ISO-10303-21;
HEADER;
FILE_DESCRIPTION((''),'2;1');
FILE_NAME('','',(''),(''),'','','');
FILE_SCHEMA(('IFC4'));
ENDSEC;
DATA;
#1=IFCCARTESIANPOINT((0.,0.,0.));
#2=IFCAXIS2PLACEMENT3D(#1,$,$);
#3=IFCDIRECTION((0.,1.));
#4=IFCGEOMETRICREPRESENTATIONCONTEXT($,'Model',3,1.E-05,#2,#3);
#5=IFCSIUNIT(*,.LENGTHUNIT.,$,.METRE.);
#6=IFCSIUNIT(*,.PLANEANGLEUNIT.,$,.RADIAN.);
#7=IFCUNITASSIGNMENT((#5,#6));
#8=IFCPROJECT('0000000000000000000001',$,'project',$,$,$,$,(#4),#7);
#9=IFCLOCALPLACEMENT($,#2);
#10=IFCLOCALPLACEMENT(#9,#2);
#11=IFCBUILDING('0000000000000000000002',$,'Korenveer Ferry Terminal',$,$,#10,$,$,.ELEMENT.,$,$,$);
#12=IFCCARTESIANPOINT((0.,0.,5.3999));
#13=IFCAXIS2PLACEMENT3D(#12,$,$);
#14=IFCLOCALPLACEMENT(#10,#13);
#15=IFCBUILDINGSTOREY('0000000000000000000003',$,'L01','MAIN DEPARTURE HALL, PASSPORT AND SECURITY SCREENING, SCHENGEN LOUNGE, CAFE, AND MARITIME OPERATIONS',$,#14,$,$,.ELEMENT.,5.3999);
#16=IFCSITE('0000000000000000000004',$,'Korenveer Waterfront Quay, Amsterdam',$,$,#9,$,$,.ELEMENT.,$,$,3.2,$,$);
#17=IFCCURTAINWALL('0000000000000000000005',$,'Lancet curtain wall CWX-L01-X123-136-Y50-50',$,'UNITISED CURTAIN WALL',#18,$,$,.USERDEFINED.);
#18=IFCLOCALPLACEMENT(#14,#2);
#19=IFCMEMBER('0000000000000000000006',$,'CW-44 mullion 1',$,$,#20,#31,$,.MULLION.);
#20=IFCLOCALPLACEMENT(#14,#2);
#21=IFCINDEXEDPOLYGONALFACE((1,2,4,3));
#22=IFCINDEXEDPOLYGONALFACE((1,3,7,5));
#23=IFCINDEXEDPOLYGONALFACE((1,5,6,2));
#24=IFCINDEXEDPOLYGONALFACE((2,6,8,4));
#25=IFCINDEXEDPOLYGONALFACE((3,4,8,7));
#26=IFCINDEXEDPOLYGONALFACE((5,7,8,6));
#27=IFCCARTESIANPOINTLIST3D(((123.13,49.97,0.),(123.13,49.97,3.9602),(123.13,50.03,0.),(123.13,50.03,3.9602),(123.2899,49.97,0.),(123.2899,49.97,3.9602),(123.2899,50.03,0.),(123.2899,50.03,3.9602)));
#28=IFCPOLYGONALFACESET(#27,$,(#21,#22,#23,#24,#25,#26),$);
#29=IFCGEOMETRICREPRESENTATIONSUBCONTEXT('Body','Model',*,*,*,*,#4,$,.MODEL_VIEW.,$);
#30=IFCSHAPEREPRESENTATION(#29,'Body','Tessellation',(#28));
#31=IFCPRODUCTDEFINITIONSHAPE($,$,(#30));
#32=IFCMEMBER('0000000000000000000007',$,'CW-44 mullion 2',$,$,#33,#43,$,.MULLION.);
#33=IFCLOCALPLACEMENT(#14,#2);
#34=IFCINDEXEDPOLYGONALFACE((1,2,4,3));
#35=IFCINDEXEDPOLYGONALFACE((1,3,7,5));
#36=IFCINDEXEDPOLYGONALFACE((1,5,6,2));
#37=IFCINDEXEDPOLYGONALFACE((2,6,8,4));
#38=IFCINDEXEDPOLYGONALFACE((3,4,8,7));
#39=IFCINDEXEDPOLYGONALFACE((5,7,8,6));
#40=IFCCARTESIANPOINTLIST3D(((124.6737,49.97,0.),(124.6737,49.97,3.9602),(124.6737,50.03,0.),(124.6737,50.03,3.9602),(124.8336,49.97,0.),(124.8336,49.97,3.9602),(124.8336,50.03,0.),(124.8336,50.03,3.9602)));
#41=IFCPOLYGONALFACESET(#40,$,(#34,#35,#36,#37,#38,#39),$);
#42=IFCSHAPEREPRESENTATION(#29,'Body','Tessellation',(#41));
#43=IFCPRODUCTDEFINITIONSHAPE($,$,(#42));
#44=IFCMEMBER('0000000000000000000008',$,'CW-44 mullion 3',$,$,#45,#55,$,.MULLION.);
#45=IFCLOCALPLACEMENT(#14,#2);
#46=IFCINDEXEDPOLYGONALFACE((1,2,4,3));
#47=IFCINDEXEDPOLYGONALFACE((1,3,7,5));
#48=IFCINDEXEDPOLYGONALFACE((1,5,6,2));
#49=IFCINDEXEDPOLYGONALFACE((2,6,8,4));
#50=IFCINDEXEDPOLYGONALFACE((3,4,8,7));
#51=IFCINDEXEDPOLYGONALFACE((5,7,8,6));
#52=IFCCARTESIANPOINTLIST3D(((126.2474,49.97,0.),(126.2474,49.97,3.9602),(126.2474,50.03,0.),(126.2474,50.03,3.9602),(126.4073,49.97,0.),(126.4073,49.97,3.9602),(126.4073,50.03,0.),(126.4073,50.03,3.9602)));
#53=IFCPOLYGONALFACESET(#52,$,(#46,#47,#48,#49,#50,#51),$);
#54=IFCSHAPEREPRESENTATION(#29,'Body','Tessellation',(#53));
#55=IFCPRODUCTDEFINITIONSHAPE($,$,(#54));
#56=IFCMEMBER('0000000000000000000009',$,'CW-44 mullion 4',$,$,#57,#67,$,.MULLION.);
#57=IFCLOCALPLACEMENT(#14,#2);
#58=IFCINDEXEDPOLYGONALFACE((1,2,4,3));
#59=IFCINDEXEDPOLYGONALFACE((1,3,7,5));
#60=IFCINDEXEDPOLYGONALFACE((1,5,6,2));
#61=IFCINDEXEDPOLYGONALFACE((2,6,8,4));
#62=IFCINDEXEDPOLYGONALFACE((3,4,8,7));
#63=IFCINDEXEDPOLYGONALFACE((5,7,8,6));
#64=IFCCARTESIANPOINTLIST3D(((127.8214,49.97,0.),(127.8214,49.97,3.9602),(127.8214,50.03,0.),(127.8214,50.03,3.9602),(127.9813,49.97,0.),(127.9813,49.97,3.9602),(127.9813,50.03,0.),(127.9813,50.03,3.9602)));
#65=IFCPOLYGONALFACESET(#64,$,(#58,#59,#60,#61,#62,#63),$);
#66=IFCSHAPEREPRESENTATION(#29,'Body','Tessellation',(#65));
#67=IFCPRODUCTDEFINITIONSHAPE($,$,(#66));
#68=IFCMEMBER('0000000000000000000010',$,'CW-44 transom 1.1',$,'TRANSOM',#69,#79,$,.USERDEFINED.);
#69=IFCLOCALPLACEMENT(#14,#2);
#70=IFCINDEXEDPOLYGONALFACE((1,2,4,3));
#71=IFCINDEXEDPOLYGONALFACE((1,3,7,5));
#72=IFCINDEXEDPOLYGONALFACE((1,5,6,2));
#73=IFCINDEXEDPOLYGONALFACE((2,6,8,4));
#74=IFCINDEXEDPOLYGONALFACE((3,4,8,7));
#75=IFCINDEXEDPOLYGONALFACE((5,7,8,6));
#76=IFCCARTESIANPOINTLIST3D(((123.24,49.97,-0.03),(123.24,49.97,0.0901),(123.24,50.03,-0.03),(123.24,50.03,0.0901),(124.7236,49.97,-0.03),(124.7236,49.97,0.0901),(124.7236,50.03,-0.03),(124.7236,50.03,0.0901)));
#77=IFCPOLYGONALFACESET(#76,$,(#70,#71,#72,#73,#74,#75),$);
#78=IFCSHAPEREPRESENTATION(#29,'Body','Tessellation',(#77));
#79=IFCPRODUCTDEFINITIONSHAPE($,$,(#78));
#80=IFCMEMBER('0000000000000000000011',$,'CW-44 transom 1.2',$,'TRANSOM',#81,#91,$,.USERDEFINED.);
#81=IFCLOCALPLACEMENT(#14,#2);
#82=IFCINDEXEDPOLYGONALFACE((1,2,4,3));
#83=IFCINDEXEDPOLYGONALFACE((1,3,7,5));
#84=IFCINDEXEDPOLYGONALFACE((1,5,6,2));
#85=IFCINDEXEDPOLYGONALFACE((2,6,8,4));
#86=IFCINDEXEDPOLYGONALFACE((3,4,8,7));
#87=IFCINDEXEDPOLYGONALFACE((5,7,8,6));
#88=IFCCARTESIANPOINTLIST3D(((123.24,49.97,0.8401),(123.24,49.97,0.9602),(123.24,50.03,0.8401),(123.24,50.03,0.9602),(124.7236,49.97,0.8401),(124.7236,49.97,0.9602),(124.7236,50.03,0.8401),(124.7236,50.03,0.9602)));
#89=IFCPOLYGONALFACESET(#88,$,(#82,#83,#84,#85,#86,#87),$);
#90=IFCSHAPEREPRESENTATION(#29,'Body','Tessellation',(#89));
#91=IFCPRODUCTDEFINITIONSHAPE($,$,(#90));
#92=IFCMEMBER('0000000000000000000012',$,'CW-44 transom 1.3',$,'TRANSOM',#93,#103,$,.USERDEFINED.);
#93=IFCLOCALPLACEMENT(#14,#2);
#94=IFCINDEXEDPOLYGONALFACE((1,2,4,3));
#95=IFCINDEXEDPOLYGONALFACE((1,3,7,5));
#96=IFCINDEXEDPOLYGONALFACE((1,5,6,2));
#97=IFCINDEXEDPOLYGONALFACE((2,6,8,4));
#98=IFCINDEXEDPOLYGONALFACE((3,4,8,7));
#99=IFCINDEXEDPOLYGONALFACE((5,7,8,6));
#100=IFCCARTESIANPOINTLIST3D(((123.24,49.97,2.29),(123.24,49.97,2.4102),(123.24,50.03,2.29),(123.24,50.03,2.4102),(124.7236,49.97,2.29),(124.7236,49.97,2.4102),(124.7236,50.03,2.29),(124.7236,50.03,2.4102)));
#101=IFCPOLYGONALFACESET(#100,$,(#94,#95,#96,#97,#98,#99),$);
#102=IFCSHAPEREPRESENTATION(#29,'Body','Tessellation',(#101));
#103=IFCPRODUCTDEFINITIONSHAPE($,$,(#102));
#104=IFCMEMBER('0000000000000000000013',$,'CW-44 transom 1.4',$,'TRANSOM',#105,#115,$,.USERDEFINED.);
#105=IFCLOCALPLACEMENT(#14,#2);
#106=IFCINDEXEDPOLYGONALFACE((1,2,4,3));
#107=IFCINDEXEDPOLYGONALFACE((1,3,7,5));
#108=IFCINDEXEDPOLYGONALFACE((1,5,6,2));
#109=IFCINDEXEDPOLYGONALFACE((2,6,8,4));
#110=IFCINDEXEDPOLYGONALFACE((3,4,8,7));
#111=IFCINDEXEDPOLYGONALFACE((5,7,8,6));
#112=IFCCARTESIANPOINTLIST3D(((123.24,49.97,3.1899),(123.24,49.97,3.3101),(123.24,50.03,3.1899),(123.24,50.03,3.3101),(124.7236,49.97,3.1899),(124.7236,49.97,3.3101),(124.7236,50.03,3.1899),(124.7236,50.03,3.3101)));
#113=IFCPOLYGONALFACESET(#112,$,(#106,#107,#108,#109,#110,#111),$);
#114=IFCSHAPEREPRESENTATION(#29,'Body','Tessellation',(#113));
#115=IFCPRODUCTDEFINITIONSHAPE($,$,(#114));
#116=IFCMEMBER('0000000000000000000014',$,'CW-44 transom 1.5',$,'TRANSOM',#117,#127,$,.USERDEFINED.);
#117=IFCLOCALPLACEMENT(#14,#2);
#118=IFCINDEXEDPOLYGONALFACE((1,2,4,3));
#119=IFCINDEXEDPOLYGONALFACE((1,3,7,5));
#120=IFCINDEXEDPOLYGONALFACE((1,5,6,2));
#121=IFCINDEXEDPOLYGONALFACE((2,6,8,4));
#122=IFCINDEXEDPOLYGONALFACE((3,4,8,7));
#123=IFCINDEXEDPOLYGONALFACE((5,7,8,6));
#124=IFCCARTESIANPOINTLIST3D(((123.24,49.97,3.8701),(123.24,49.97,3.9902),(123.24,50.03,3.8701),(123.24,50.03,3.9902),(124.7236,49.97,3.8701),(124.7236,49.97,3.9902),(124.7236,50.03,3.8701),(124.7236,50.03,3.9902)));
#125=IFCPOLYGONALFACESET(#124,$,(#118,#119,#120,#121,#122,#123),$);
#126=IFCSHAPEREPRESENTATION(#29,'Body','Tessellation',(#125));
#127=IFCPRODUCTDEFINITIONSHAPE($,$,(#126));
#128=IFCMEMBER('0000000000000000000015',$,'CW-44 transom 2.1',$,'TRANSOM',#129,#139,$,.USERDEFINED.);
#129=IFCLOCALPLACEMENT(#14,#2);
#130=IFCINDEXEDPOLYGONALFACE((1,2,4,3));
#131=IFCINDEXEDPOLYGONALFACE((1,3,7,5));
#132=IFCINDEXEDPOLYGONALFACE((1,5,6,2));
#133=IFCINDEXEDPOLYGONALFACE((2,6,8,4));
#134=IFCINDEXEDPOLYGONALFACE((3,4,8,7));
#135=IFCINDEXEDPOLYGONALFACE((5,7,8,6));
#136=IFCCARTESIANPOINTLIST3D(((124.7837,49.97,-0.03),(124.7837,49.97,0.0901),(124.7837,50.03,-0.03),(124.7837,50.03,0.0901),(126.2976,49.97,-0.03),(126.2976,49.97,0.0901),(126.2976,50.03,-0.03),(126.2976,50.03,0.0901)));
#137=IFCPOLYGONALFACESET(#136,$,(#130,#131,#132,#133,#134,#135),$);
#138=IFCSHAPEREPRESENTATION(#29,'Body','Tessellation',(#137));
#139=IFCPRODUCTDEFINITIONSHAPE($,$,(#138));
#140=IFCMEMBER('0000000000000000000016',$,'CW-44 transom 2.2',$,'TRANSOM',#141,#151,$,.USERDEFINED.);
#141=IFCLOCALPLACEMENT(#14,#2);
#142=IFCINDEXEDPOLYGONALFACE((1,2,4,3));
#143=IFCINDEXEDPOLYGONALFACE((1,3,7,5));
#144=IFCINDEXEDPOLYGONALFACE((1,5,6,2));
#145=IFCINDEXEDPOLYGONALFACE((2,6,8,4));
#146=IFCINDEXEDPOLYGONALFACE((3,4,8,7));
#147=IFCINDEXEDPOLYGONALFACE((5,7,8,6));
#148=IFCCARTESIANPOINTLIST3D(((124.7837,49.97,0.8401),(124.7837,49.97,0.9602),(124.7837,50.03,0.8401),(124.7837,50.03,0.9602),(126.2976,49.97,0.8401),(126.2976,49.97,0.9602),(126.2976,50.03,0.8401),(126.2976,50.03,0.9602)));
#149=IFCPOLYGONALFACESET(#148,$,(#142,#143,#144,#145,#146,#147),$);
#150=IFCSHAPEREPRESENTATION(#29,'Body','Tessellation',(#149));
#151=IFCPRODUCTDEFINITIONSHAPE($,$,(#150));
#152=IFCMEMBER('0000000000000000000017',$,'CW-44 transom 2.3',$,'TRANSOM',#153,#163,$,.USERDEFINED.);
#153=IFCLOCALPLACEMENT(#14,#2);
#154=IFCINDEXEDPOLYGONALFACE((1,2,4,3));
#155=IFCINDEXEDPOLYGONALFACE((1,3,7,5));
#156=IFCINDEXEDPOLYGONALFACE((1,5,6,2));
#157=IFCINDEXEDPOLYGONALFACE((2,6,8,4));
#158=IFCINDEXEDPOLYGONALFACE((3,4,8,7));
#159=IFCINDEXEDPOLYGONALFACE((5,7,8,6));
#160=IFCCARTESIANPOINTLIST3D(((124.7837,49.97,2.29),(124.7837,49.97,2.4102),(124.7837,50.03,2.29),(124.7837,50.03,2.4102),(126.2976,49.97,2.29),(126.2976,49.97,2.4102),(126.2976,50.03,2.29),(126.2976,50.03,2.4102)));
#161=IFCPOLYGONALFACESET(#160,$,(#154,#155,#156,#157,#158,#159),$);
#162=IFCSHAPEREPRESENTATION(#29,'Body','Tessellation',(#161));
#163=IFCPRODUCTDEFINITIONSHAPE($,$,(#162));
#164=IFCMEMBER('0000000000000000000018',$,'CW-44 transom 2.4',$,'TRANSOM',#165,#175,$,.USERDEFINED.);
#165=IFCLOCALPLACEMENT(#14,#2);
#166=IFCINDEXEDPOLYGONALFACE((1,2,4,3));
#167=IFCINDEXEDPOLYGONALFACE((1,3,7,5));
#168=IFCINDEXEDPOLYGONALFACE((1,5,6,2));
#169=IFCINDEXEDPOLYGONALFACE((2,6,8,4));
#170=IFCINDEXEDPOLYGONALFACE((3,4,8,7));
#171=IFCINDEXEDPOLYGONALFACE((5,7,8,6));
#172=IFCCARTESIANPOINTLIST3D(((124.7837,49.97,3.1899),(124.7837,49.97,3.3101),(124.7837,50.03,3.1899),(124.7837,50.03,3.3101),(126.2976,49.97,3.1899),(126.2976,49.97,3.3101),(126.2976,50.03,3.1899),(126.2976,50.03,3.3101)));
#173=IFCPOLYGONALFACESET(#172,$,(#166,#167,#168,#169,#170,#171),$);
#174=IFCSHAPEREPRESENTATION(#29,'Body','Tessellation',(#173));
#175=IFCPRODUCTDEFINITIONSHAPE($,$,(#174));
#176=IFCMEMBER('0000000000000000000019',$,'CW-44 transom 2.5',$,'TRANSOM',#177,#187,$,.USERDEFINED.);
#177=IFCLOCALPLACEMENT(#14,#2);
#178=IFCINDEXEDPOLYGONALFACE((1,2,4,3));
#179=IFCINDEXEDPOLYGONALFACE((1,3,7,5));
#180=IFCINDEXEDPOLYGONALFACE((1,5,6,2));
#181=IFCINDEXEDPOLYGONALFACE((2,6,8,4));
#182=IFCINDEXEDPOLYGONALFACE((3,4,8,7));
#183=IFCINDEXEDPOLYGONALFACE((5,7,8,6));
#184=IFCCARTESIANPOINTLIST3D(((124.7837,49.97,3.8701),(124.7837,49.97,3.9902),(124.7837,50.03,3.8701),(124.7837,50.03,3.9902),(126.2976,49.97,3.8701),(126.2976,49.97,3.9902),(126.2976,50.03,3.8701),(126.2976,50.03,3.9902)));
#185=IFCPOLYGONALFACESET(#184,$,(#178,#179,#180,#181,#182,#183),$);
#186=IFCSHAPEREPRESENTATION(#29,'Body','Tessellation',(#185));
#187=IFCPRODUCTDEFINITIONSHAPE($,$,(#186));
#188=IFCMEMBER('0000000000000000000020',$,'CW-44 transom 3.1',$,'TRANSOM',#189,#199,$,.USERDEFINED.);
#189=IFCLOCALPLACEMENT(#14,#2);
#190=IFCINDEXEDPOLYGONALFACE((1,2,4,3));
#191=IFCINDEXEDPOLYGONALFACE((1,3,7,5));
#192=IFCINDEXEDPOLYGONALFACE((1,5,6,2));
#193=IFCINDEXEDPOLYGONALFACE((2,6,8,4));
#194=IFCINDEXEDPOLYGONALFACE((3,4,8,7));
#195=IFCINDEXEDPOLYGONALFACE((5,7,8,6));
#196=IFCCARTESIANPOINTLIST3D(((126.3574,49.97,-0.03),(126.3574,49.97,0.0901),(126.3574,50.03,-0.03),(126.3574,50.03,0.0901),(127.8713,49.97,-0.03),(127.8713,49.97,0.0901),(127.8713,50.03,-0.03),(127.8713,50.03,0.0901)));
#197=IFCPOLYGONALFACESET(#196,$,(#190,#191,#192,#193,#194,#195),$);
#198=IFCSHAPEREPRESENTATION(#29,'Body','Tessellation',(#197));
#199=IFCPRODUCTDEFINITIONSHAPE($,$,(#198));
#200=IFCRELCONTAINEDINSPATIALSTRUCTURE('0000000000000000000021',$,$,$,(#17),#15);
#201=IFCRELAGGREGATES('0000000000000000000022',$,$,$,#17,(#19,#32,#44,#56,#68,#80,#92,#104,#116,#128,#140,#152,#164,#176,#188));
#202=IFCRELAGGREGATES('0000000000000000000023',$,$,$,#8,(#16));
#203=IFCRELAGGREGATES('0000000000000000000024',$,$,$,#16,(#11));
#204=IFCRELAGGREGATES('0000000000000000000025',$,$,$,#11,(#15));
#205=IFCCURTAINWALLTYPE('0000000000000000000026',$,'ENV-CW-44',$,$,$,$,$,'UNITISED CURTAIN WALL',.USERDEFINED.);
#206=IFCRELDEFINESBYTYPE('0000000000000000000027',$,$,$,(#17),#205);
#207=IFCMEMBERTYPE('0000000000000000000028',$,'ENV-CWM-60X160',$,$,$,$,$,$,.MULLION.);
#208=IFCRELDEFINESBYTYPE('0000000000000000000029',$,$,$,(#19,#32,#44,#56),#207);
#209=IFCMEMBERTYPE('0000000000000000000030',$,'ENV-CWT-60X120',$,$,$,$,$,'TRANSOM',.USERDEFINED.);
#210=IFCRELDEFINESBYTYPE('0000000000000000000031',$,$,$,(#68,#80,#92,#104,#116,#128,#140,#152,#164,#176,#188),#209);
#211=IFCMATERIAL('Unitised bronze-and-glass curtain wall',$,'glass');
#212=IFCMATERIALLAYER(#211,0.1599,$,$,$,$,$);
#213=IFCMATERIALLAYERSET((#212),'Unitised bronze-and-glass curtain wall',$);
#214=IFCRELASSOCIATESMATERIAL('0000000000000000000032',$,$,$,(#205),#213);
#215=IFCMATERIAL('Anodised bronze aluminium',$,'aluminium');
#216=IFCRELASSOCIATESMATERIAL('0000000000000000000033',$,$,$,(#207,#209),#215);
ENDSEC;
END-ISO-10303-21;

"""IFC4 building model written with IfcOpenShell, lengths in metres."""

from ifc_helpers import new_model, si_unit, direction, frame, origin, origin_2d, place, context, subcontext, project, spatial, rectangle, extrude, material, layer, layer_set, material_profile, profile_set, type_object, element, aggregate, save


model = new_model("IFC4")

# Units and contexts
model_context = context("Model", 3, precision=1e-05, world=origin(), true_north=direction((0.0, 1.0)))
body_context = subcontext(model_context, "Body", "Model", "MODEL_VIEW")
ifc_project = project(units=[si_unit("LENGTHUNIT", "METRE"), si_unit("PLANEANGLEUNIT", "RADIAN")], contexts=[model_context])

# Site, building, storey
site_placement = place(None, origin())
site = spatial("IfcSite", under=ifc_project, at=site_placement, Name="Korenveer Waterfront Quay, Amsterdam", CompositionType="ELEMENT", RefElevation=3.2)
building_placement = place(site_placement, origin())
building = spatial("IfcBuilding", under=site, at=building_placement, Name="Korenveer Ferry Terminal", CompositionType="ELEMENT")
storey_placement = place(building_placement, frame((0.0, 0.0, 5.3999)))
storey = spatial("IfcBuildingStorey", under=building, at=storey_placement, Name="L01", Description="MAIN DEPARTURE HALL, PASSPORT AND SECURITY SCREENING, SCHENGEN LOUNGE, CAFE, AND MARITIME OPERATIONS", CompositionType="ELEMENT", Elevation=5.3999)

# Curtain wall, members
ifc_material_1 = material(Name="Unitised bronze-and-glass curtain wall", Category="glass")
ifc_layer_1 = layer(ifc_material_1, 0.1599)
ifc_layer_set_1 = layer_set([ifc_layer_1], Name="Unitised bronze-and-glass curtain wall")
curtain_wall_type = type_object("IfcCurtainWallType", Name="ENV-CW-44", ElementType="UNITISED CURTAIN WALL", PredefinedType="USERDEFINED", material=ifc_layer_set_1)
curtain_wall_placement = place(storey_placement, frame((123.1799, 50.0, 0.0)))
curtain_wall = element("IfcCurtainWall", 1, at=curtain_wall_placement, inside=storey, type_object=curtain_wall_type, Name="Lancet curtain wall CWX-L01-X123-136-Y50-50", ObjectType="UNITISED CURTAIN WALL", PredefinedType="USERDEFINED")
ifc_material_2 = material(Name="Anodised bronze aluminium", Category="aluminium")
ifc_material_profile_1 = material_profile(ifc_material_2, rectangle(XDim=0.0601, YDim=0.1599, at=origin_2d()), Name="ALU 60x160")
ifc_profile_set_1 = profile_set([ifc_material_profile_1], Name="Anodised bronze aluminium")
member_type_1 = type_object("IfcMemberType", Name="ENV-CWM-60X160", PredefinedType="MULLION", material=ifc_profile_set_1)
member_1_placement = place(storey_placement, frame((123.21, 50.0, 0.0), z_axis=(0.0, 0.0, 1.0), x_axis=(0.0, 1.0, 0.0)))
member_1 = element("IfcMember", 2, at=member_1_placement, type_object=member_type_1, Name="CW-44 mullion 1", PredefinedType="MULLION", context=body_context, shape_type="SweptSolid", body=[
    extrude(rectangle(XDim=0.0601, YDim=0.1599, at=origin_2d()), origin(), (0.0, 0.0, 1.0), 3.9602),
])
member_2_placement = place(storey_placement, frame((124.7537, 50.0, 0.0), z_axis=(0.0, 0.0, 1.0), x_axis=(0.0, 1.0, 0.0)))
member_2 = element("IfcMember", 3, at=member_2_placement, type_object=member_type_1, Name="CW-44 mullion 2", PredefinedType="MULLION", context=body_context, shape_type="SweptSolid", body=[
    extrude(rectangle(XDim=0.0601, YDim=0.1599, at=origin_2d()), origin(), (0.0, 0.0, 1.0), 3.9602),
])
member_3_placement = place(storey_placement, frame((126.3274, 50.0, 0.0), z_axis=(0.0, 0.0, 1.0), x_axis=(0.0, 1.0, 0.0)))
member_3 = element("IfcMember", 4, at=member_3_placement, type_object=member_type_1, Name="CW-44 mullion 3", PredefinedType="MULLION", context=body_context, shape_type="SweptSolid", body=[
    extrude(rectangle(XDim=0.0601, YDim=0.1599, at=origin_2d()), origin(), (0.0, 0.0, 1.0), 3.9602),
])
member_4_placement = place(storey_placement, frame((127.9014, 50.0, 0.0), z_axis=(0.0, 0.0, 1.0), x_axis=(0.0, 1.0, 0.0)))
member_4 = element("IfcMember", 5, at=member_4_placement, type_object=member_type_1, Name="CW-44 mullion 4", PredefinedType="MULLION", context=body_context, shape_type="SweptSolid", body=[
    extrude(rectangle(XDim=0.0601, YDim=0.1599, at=origin_2d()), origin(), (0.0, 0.0, 1.0), 3.9602),
])
ifc_material_profile_2 = material_profile(ifc_material_2, rectangle(XDim=0.0601, YDim=0.1201, at=origin_2d()), Name="ALU 60x120")
ifc_profile_set_2 = profile_set([ifc_material_profile_2], Name="Anodised bronze aluminium")
member_type_2 = type_object("IfcMemberType", Name="ENV-CWT-60X120", ElementType="TRANSOM", PredefinedType="USERDEFINED", material=ifc_profile_set_2)
member_5_placement = place(storey_placement, frame((123.24, 50.0, 0.03), z_axis=(1.0, 0.0, 0.0), x_axis=(0.0, 1.0, 0.0)))
member_5 = element("IfcMember", 6, at=member_5_placement, type_object=member_type_2, Name="CW-44 transom 1.1", ObjectType="TRANSOM", PredefinedType="USERDEFINED", context=body_context, shape_type="SweptSolid", body=[
    extrude(rectangle(XDim=0.0601, YDim=0.1201, at=origin_2d()), origin(), (0.0, 0.0, 1.0), 1.4836),
])
member_6_placement = place(storey_placement, frame((123.24, 50.0, 0.9001), z_axis=(1.0, 0.0, 0.0), x_axis=(0.0, 1.0, 0.0)))
member_6 = element("IfcMember", 7, at=member_6_placement, type_object=member_type_2, Name="CW-44 transom 1.2", ObjectType="TRANSOM", PredefinedType="USERDEFINED", context=body_context, shape_type="SweptSolid", body=[
    extrude(rectangle(XDim=0.0601, YDim=0.1201, at=origin_2d()), origin(), (0.0, 0.0, 1.0), 1.4836),
])
member_7_placement = place(storey_placement, frame((123.24, 50.0, 2.3501), z_axis=(1.0, 0.0, 0.0), x_axis=(0.0, 1.0, 0.0)))
member_7 = element("IfcMember", 8, at=member_7_placement, type_object=member_type_2, Name="CW-44 transom 1.3", ObjectType="TRANSOM", PredefinedType="USERDEFINED", context=body_context, shape_type="SweptSolid", body=[
    extrude(rectangle(XDim=0.0601, YDim=0.1201, at=origin_2d()), origin(), (0.0, 0.0, 1.0), 1.4836),
])
member_8_placement = place(storey_placement, frame((123.24, 50.0, 3.25), z_axis=(1.0, 0.0, 0.0), x_axis=(0.0, 1.0, 0.0)))
member_8 = element("IfcMember", 9, at=member_8_placement, type_object=member_type_2, Name="CW-44 transom 1.4", ObjectType="TRANSOM", PredefinedType="USERDEFINED", context=body_context, shape_type="SweptSolid", body=[
    extrude(rectangle(XDim=0.0601, YDim=0.1201, at=origin_2d()), origin(), (0.0, 0.0, 1.0), 1.4836),
])
member_9_placement = place(storey_placement, frame((123.24, 50.0, 3.9302), z_axis=(1.0, 0.0, 0.0), x_axis=(0.0, 1.0, 0.0)))
member_9 = element("IfcMember", 10, at=member_9_placement, type_object=member_type_2, Name="CW-44 transom 1.5", ObjectType="TRANSOM", PredefinedType="USERDEFINED", context=body_context, shape_type="SweptSolid", body=[
    extrude(rectangle(XDim=0.0601, YDim=0.1201, at=origin_2d()), origin(), (0.0, 0.0, 1.0), 1.4836),
])
member_10_placement = place(storey_placement, frame((124.7837, 50.0, 0.03), z_axis=(1.0, 0.0, 0.0), x_axis=(0.0, 1.0, 0.0)))
member_10 = element("IfcMember", 11, at=member_10_placement, type_object=member_type_2, Name="CW-44 transom 2.1", ObjectType="TRANSOM", PredefinedType="USERDEFINED", context=body_context, shape_type="SweptSolid", body=[
    extrude(rectangle(XDim=0.0601, YDim=0.1201, at=origin_2d()), origin(), (0.0, 0.0, 1.0), 1.5139),
])
member_11_placement = place(storey_placement, frame((124.7837, 50.0, 0.9001), z_axis=(1.0, 0.0, 0.0), x_axis=(0.0, 1.0, 0.0)))
member_11 = element("IfcMember", 12, at=member_11_placement, type_object=member_type_2, Name="CW-44 transom 2.2", ObjectType="TRANSOM", PredefinedType="USERDEFINED", context=body_context, shape_type="SweptSolid", body=[
    extrude(rectangle(XDim=0.0601, YDim=0.1201, at=origin_2d()), origin(), (0.0, 0.0, 1.0), 1.5139),
])
member_12_placement = place(storey_placement, frame((124.7837, 50.0, 2.3501), z_axis=(1.0, 0.0, 0.0), x_axis=(0.0, 1.0, 0.0)))
member_12 = element("IfcMember", 13, at=member_12_placement, type_object=member_type_2, Name="CW-44 transom 2.3", ObjectType="TRANSOM", PredefinedType="USERDEFINED", context=body_context, shape_type="SweptSolid", body=[
    extrude(rectangle(XDim=0.0601, YDim=0.1201, at=origin_2d()), origin(), (0.0, 0.0, 1.0), 1.5139),
])
member_13_placement = place(storey_placement, frame((124.7837, 50.0, 3.25), z_axis=(1.0, 0.0, 0.0), x_axis=(0.0, 1.0, 0.0)))
member_13 = element("IfcMember", 14, at=member_13_placement, type_object=member_type_2, Name="CW-44 transom 2.4", ObjectType="TRANSOM", PredefinedType="USERDEFINED", context=body_context, shape_type="SweptSolid", body=[
    extrude(rectangle(XDim=0.0601, YDim=0.1201, at=origin_2d()), origin(), (0.0, 0.0, 1.0), 1.5139),
])
member_14_placement = place(storey_placement, frame((124.7837, 50.0, 3.9302), z_axis=(1.0, 0.0, 0.0), x_axis=(0.0, 1.0, 0.0)))
member_14 = element("IfcMember", 15, at=member_14_placement, type_object=member_type_2, Name="CW-44 transom 2.5", ObjectType="TRANSOM", PredefinedType="USERDEFINED", context=body_context, shape_type="SweptSolid", body=[
    extrude(rectangle(XDim=0.0601, YDim=0.1201, at=origin_2d()), origin(), (0.0, 0.0, 1.0), 1.5139),
])
member_15_placement = place(storey_placement, frame((126.3574, 50.0, 0.03), z_axis=(1.0, 0.0, 0.0), x_axis=(0.0, 1.0, 0.0)))
member_15 = element("IfcMember", 16, at=member_15_placement, type_object=member_type_2, Name="CW-44 transom 3.1", ObjectType="TRANSOM", PredefinedType="USERDEFINED", context=body_context, shape_type="SweptSolid", body=[
    extrude(rectangle(XDim=0.0601, YDim=0.1201, at=origin_2d()), origin(), (0.0, 0.0, 1.0), 1.5139),
])
aggregate(curtain_wall, [member_1, member_2, member_3, member_4, member_5, member_6, member_7, member_8, member_9, member_10, member_11, member_12, member_13, member_14, member_15])

save(model, "model.ifc")
